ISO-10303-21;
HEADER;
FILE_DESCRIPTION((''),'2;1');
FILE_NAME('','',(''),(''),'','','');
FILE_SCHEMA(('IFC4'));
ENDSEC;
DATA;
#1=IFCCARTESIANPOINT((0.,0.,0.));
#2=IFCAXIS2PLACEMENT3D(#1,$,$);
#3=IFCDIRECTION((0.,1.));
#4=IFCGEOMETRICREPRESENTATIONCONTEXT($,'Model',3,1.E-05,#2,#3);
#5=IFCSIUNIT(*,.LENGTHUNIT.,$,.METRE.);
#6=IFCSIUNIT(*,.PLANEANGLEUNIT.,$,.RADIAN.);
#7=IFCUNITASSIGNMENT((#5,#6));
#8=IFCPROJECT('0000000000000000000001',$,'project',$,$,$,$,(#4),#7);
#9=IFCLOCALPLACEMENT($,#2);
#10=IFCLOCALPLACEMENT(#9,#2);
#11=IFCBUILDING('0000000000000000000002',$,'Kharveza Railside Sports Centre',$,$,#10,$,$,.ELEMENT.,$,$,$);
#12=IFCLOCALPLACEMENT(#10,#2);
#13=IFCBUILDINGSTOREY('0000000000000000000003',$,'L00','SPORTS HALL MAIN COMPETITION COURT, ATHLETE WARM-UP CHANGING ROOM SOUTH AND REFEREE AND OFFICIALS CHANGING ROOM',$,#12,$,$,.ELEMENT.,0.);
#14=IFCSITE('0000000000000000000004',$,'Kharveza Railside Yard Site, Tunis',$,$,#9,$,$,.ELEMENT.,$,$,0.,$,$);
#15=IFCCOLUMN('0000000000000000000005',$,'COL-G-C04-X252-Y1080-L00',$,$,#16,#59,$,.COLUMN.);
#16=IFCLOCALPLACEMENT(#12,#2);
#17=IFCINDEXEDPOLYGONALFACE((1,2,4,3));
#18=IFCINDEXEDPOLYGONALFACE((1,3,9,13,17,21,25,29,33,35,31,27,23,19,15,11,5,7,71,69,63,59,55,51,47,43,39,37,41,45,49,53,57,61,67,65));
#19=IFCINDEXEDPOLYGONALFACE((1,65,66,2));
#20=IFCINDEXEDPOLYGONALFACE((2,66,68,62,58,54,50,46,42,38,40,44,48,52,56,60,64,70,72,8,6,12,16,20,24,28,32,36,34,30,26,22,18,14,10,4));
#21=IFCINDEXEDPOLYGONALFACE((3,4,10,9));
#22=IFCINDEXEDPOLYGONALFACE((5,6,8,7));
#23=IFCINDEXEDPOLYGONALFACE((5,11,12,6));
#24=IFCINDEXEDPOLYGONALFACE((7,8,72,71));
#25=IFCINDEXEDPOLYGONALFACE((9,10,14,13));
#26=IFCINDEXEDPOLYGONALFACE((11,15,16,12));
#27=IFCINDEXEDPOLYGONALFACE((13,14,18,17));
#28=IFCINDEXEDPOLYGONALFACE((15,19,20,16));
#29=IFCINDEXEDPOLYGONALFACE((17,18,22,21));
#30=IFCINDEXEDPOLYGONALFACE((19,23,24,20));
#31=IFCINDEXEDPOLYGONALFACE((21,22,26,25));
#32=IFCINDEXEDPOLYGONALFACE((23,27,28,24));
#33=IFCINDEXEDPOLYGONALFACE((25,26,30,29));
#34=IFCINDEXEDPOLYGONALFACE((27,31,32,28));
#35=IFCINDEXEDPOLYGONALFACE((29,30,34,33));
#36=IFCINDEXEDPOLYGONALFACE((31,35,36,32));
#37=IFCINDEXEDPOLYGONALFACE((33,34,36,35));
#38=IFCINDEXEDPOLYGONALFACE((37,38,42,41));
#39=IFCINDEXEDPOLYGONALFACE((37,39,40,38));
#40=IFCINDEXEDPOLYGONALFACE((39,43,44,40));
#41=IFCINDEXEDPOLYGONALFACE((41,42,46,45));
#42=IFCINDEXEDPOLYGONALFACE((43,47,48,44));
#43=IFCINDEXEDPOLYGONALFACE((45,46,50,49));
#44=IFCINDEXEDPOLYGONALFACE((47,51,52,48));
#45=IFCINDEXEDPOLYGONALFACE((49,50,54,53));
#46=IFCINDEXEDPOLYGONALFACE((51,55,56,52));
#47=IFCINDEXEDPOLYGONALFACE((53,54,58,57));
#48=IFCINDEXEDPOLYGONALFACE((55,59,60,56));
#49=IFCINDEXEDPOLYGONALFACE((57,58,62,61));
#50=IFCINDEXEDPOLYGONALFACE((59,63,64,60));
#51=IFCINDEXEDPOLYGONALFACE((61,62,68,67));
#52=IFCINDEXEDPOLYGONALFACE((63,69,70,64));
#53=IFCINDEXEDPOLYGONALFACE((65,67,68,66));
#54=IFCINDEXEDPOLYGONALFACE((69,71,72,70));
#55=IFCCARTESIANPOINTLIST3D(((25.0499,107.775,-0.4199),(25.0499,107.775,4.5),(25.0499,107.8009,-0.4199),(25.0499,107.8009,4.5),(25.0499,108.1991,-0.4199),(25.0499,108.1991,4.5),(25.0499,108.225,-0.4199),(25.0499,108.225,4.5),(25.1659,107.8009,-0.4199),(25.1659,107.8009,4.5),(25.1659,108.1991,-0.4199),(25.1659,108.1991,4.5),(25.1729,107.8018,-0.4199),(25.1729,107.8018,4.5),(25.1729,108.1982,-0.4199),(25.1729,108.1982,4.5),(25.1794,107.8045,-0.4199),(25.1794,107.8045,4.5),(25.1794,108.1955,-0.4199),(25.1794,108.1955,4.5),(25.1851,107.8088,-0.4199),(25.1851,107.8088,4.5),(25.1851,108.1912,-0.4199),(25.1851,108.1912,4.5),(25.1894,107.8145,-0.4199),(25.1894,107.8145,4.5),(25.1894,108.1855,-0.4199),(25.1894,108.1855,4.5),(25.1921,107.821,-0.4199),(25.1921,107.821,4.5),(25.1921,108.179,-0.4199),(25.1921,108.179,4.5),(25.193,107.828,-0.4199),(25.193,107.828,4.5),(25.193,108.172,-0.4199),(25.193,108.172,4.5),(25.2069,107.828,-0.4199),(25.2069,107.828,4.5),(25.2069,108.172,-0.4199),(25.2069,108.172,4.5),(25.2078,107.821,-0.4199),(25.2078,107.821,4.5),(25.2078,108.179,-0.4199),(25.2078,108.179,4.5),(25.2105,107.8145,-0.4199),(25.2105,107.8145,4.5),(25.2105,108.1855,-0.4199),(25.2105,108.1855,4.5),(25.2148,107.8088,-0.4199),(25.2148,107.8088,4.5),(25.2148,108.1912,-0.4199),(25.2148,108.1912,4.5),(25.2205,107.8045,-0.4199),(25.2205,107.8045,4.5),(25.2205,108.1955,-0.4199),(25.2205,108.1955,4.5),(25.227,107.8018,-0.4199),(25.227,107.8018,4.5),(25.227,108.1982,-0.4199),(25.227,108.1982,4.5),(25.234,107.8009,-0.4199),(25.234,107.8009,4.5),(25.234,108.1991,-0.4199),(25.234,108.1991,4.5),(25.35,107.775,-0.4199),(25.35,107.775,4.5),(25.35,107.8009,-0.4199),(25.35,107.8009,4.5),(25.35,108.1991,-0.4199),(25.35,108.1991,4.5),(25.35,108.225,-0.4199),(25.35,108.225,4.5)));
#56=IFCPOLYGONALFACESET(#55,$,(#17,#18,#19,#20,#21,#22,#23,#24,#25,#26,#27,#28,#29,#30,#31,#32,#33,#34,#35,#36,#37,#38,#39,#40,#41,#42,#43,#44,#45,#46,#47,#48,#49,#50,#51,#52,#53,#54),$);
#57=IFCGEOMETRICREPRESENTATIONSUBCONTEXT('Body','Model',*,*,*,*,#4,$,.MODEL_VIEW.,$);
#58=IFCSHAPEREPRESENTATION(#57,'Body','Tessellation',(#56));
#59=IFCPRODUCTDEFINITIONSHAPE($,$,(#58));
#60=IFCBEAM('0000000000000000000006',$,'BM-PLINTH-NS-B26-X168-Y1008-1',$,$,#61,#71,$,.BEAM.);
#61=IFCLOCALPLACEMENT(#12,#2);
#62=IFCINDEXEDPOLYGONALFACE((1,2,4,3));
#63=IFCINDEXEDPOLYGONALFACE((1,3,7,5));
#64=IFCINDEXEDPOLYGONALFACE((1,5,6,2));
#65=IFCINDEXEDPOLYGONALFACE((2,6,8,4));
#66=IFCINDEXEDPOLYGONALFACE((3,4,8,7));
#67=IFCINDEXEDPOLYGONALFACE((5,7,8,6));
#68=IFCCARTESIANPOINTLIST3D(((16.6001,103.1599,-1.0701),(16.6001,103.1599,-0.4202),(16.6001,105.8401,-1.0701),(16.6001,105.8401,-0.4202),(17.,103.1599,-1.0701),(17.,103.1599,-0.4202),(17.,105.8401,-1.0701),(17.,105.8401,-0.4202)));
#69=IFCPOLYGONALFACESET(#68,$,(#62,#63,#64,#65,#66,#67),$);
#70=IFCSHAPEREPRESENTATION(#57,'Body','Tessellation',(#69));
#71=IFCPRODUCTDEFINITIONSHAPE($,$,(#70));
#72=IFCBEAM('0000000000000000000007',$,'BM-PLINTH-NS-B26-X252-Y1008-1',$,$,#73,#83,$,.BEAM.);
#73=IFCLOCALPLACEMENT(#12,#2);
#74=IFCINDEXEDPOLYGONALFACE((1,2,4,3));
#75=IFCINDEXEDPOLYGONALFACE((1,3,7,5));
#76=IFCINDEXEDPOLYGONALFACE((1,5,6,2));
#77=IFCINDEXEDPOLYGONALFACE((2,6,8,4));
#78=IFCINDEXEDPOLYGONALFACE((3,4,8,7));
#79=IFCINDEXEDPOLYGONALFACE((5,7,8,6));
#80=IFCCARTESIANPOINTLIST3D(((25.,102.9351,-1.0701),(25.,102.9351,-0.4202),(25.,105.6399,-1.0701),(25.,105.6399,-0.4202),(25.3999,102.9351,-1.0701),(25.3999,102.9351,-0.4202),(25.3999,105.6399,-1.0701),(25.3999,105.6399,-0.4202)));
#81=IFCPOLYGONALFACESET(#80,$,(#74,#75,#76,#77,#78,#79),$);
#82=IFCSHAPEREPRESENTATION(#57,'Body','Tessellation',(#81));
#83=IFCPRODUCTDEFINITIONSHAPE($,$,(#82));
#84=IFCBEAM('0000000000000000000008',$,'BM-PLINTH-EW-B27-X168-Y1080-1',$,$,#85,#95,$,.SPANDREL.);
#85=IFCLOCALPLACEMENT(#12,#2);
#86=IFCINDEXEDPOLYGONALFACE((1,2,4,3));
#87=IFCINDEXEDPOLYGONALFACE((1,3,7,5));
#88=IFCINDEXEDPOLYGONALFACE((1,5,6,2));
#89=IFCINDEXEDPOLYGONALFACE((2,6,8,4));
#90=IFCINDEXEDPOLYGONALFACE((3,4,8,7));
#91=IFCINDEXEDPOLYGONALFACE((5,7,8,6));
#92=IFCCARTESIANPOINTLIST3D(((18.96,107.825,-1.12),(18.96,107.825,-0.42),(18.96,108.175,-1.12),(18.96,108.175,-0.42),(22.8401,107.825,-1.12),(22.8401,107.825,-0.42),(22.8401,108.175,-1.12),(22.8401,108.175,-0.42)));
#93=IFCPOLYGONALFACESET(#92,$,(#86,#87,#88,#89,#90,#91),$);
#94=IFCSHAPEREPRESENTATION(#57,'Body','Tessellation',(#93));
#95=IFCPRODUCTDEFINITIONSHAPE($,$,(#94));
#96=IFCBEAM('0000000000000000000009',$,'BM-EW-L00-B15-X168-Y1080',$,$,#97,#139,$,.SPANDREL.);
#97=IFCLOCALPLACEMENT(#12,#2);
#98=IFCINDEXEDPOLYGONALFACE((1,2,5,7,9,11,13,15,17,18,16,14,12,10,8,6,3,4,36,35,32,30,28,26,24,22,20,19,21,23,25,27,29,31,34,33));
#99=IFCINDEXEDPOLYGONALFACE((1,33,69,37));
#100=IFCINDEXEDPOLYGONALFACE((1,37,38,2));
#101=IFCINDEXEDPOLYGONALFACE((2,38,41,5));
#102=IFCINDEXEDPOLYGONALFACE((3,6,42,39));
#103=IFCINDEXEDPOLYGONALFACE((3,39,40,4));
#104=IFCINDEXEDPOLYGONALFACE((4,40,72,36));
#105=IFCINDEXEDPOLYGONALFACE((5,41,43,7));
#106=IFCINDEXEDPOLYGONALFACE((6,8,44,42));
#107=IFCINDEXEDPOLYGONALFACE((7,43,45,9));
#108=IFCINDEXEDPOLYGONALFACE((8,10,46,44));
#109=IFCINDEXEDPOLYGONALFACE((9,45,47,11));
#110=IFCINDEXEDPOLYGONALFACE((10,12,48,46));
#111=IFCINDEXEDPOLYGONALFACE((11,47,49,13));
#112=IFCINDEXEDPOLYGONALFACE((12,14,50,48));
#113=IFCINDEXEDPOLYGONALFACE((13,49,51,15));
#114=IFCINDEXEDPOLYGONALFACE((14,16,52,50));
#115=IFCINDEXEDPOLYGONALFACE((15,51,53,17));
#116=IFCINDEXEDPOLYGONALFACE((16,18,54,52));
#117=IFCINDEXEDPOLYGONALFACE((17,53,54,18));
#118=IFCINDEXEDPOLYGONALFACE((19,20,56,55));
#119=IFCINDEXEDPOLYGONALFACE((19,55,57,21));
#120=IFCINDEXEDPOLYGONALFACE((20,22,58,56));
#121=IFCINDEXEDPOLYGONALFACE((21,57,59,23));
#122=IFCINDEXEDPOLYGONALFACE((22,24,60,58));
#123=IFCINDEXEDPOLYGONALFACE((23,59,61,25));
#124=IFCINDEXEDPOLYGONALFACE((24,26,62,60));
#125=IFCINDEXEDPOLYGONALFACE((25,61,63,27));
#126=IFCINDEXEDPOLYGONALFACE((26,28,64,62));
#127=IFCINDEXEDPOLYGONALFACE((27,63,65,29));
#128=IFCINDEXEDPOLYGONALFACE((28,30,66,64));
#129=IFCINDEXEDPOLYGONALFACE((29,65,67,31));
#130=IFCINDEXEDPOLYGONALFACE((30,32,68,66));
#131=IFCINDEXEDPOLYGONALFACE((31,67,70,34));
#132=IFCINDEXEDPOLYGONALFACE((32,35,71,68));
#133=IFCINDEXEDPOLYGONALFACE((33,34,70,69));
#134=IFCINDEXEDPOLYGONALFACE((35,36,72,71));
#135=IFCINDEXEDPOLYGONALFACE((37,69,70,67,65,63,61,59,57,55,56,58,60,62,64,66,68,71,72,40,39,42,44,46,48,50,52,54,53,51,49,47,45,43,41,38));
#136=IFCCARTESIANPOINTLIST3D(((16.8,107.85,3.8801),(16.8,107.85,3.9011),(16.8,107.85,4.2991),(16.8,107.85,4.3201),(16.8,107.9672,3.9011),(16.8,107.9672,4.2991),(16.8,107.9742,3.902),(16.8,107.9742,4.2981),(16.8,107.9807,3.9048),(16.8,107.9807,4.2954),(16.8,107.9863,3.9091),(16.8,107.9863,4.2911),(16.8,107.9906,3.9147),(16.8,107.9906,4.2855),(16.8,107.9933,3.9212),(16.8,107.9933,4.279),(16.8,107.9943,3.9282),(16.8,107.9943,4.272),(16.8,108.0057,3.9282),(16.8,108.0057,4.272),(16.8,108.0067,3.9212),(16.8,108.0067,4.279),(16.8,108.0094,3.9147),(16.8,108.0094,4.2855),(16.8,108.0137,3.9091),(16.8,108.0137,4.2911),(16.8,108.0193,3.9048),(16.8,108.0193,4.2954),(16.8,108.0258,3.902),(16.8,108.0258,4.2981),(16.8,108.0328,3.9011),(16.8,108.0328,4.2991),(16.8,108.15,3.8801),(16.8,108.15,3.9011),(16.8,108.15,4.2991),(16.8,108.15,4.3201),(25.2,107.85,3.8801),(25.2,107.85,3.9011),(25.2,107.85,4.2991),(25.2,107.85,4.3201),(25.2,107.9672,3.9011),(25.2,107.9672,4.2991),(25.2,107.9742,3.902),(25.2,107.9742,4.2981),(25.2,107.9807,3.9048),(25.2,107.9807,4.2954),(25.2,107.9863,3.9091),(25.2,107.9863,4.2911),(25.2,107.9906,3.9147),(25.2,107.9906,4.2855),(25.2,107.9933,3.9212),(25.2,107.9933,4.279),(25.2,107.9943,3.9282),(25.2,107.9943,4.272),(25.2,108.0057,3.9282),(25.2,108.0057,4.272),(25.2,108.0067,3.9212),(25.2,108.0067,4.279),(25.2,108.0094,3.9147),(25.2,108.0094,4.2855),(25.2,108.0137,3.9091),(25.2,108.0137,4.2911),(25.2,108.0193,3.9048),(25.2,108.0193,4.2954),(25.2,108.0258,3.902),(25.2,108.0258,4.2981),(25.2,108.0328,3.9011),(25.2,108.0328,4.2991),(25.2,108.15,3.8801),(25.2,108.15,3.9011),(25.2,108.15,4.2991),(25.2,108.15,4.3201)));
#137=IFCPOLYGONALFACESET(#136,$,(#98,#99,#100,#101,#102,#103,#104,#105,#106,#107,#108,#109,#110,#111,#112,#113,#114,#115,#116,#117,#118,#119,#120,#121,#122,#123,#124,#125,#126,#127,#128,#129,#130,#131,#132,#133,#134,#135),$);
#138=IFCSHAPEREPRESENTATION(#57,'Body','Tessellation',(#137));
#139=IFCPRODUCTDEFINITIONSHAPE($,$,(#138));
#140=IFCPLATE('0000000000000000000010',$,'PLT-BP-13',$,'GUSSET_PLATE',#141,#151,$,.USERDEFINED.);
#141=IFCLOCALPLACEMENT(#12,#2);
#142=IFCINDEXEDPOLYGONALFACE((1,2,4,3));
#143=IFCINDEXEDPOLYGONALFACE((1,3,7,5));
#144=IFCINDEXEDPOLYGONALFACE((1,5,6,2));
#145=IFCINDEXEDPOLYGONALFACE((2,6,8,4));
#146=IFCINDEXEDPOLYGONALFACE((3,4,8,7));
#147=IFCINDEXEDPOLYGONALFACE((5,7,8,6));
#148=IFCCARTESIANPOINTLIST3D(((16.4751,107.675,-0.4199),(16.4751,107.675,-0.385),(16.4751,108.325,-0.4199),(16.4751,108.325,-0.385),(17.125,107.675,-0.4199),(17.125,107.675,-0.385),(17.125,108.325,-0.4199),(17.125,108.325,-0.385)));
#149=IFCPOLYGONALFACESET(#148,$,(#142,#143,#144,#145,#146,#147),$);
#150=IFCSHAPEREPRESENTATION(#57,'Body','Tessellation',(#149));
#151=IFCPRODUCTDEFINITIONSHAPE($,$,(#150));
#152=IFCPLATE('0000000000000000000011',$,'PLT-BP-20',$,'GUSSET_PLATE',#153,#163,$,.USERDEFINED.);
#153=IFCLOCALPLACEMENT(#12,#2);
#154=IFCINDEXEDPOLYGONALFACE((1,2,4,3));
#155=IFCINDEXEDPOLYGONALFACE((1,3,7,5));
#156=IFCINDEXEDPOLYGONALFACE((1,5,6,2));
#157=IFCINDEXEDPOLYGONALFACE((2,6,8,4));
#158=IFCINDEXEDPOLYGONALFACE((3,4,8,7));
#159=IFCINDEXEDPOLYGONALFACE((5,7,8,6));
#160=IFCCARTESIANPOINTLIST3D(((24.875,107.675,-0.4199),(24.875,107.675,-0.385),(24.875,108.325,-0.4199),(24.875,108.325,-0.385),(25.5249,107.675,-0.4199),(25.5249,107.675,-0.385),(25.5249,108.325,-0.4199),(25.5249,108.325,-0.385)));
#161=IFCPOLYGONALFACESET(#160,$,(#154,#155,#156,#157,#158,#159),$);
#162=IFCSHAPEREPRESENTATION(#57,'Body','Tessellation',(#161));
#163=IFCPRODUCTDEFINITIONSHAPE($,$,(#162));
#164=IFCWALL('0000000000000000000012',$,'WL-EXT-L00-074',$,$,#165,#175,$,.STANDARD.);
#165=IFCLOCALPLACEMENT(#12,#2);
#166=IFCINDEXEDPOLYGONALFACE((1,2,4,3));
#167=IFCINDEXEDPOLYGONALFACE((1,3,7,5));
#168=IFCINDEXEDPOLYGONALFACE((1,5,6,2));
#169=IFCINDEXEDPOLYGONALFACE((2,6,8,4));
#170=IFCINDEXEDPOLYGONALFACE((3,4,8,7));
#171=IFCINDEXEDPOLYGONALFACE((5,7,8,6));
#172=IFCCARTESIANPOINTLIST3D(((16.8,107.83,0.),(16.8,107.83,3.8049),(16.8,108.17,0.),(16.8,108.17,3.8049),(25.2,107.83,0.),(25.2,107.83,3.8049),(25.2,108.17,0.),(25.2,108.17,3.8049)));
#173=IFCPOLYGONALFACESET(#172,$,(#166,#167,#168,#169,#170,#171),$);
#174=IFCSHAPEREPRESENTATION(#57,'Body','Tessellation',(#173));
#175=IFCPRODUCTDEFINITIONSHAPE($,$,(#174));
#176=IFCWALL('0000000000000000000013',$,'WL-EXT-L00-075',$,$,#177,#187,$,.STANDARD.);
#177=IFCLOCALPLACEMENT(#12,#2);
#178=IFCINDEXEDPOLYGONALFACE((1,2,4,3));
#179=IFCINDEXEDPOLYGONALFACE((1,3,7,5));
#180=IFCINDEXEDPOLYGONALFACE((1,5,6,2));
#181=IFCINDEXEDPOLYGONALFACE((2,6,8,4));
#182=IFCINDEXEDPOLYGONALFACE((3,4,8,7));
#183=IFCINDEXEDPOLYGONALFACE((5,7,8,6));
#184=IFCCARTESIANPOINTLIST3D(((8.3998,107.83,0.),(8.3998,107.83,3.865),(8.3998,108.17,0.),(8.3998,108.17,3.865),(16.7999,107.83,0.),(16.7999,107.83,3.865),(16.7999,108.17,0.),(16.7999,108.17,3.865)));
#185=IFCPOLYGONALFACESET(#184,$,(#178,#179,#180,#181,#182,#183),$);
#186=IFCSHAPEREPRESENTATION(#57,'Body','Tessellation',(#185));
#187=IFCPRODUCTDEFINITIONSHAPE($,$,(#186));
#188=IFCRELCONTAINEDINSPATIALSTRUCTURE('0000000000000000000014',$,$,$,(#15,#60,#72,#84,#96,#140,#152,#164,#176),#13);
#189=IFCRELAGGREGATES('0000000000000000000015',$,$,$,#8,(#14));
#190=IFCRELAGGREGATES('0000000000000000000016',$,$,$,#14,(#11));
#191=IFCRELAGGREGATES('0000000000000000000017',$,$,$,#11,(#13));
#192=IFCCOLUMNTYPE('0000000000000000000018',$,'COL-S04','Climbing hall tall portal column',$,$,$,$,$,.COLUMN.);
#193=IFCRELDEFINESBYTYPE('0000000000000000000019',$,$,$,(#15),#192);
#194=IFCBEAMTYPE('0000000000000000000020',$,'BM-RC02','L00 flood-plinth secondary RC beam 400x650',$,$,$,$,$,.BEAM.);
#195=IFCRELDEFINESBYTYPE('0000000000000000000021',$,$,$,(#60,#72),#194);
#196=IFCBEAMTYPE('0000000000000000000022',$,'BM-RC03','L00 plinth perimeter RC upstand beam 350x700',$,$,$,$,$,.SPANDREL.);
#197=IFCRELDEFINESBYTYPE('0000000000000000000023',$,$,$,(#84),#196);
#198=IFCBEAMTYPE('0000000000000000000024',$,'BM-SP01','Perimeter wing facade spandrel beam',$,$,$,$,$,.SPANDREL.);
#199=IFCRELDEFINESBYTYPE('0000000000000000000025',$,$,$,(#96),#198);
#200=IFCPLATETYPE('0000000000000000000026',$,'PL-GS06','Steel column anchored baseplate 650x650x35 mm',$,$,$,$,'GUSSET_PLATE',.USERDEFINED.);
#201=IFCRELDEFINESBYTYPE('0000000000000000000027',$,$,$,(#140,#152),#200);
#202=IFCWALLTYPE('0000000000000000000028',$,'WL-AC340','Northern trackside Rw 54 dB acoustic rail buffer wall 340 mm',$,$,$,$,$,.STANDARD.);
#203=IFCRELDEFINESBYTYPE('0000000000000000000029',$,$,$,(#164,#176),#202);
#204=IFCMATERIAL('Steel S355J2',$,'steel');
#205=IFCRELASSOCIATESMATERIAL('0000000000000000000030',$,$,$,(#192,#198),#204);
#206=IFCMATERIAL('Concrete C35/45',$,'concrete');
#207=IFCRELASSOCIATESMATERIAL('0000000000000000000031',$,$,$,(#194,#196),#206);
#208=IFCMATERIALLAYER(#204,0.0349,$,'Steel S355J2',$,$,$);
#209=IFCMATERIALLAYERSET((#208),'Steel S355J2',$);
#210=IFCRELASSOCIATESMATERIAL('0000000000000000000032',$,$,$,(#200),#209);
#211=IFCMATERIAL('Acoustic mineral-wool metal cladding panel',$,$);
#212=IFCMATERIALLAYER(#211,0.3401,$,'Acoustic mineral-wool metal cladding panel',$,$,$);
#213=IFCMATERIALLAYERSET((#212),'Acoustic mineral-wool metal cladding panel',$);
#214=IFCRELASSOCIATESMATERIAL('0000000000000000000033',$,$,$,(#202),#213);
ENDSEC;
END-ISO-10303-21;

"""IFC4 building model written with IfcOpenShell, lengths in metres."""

from ifc_helpers import new_model, si_unit, direction, frame, frame_2d, origin, origin_2d, place, context, subcontext, project, spatial, rectangle, i_section, extrude, material, layer, layer_set, material_profile, profile_set, type_object, element, save


model = new_model("IFC4")

# Units and contexts
model_context = context("Model", 3, precision=1e-05, world=origin(), true_north=direction((0.0, 1.0)))
body_context = subcontext(model_context, "Body", "Model", "MODEL_VIEW")
ifc_project = project(units=[si_unit("LENGTHUNIT", "METRE"), si_unit("PLANEANGLEUNIT", "RADIAN")], contexts=[model_context])

# Site, building, storey
site_placement = place(None, origin())
site = spatial("IfcSite", under=ifc_project, at=site_placement, Name="Kharveza Railside Yard Site, Tunis", CompositionType="ELEMENT", RefElevation=0.0)
building_placement = place(site_placement, origin())
building = spatial("IfcBuilding", under=site, at=building_placement, Name="Kharveza Railside Sports Centre", CompositionType="ELEMENT")
storey_placement = place(building_placement, origin())
storey = spatial("IfcBuildingStorey", under=building, at=storey_placement, Name="L00", Description="SPORTS HALL MAIN COMPETITION COURT, ATHLETE WARM-UP CHANGING ROOM SOUTH AND REFEREE AND OFFICIALS CHANGING ROOM", CompositionType="ELEMENT", Elevation=0.0)

# Shared definitions
ifc_material_1 = material(Name="Concrete C35/45", Category="concrete")

# Column
ifc_material_2 = material(Name="Steel S355J2", Category="steel")
ifc_material_profile_1 = material_profile(ifc_material_2, i_section(OverallWidth=0.3, OverallDepth=0.45, WebThickness=0.0139, FlangeThickness=0.0259, FilletRadius=0.0271, at=origin_2d()), Name="HEB 450")
ifc_profile_set_1 = profile_set([ifc_material_profile_1], Name="Steel S355J2")
column_type = type_object("IfcColumnType", Name="COL-S04", Description="Climbing hall tall portal column", PredefinedType="COLUMN", material=ifc_profile_set_1)
for number, where, z_axis, x_axis, name in (
    (1, (25.2, 108.0, -0.4199), (0.0, 0.0, 1.0), (1.0, 0.0, 0.0), "COL-G-C04-X252-Y1080-L00"),
):
    element("IfcColumn", number, at=place(storey_placement, frame(where, z_axis=z_axis, x_axis=x_axis)), inside=storey, type_object=column_type, Name=name, PredefinedType="COLUMN", context=body_context, shape_type="SweptSolid", body=[
        extrude(i_section(OverallWidth=0.3, OverallDepth=0.45, WebThickness=0.0139, FlangeThickness=0.0259, FilletRadius=0.0271, at=origin_2d()), origin(), (0.0, 0.0, 1.0), 4.9199),
    ])

# Beams
ifc_material_profile_2 = material_profile(ifc_material_1, rectangle(XDim=0.3999, YDim=0.6499, at=origin_2d()), Name="RCB 400x650")
ifc_profile_set_2 = profile_set([ifc_material_profile_2], Name="Concrete C35/45")
beam_type_1 = type_object("IfcBeamType", Name="BM-RC02", Description="L00 flood-plinth secondary RC beam 400x650", PredefinedType="BEAM", material=ifc_profile_set_2)
beam_1_placement = place(storey_placement, frame((16.8, 103.1599, -0.7451), z_axis=(0.0, 1.0, 0.0), x_axis=(-1.0, 0.0, 0.0)))
element("IfcBeam", 2, at=beam_1_placement, inside=storey, type_object=beam_type_1, Name="BM-PLINTH-NS-B26-X168-Y1008-1", PredefinedType="BEAM", context=body_context, shape_type="SweptSolid", body=[
    extrude(rectangle(XDim=0.3999, YDim=0.6499, at=origin_2d()), origin(), (0.0, 0.0, 1.0), 2.6802),
])
beam_2_placement = place(storey_placement, frame((25.2, 102.9351, -0.7451), z_axis=(0.0, 1.0, 0.0), x_axis=(-1.0, 0.0, 0.0)))
element("IfcBeam", 3, at=beam_2_placement, inside=storey, type_object=beam_type_1, Name="BM-PLINTH-NS-B26-X252-Y1008-1", PredefinedType="BEAM", context=body_context, shape_type="SweptSolid", body=[
    extrude(rectangle(XDim=0.3999, YDim=0.6499, at=origin_2d()), origin(), (0.0, 0.0, 1.0), 2.7048),
])
ifc_material_profile_3 = material_profile(ifc_material_1, rectangle(XDim=0.3501, YDim=0.7, at=origin_2d()), Name="RCB 350x700")
ifc_profile_set_3 = profile_set([ifc_material_profile_3], Name="Concrete C35/45")
beam_type_2 = type_object("IfcBeamType", Name="BM-RC03", Description="L00 plinth perimeter RC upstand beam 350x700", PredefinedType="SPANDREL", material=ifc_profile_set_3)
beam_3_placement = place(storey_placement, frame((18.96, 108.0, -0.77), z_axis=(1.0, 0.0, 0.0), x_axis=(0.0, 1.0, 0.0)))
element("IfcBeam", 4, at=beam_3_placement, inside=storey, type_object=beam_type_2, Name="BM-PLINTH-EW-B27-X168-Y1080-1", PredefinedType="SPANDREL", context=body_context, shape_type="SweptSolid", body=[
    extrude(rectangle(XDim=0.3501, YDim=0.7, at=origin_2d()), origin(), (0.0, 0.0, 1.0), 3.8801),
])
ifc_material_profile_4 = material_profile(ifc_material_2, i_section(OverallWidth=0.3, OverallDepth=0.4399, WebThickness=0.0115, FlangeThickness=0.021, FilletRadius=0.0271, at=origin_2d()), Name="HEA 450")
ifc_profile_set_4 = profile_set([ifc_material_profile_4], Name="Steel S355J2")
beam_type_3 = type_object("IfcBeamType", Name="BM-SP01", Description="Perimeter wing facade spandrel beam", PredefinedType="SPANDREL", material=ifc_profile_set_4)
beam_4_placement = place(storey_placement, frame((16.8, 108.0, 4.1001), z_axis=(1.0, 0.0, 0.0), x_axis=(0.0, 1.0, 0.0)))
element("IfcBeam", 5, at=beam_4_placement, inside=storey, type_object=beam_type_3, Name="BM-EW-L00-B15-X168-Y1080", PredefinedType="SPANDREL", context=body_context, shape_type="SweptSolid", body=[
    extrude(i_section(OverallWidth=0.3, OverallDepth=0.4399, WebThickness=0.0115, FlangeThickness=0.021, FilletRadius=0.0271, at=origin_2d()), origin(), (0.0, 0.0, 1.0), 8.3999),
])

# Plates
ifc_layer_1 = layer(ifc_material_2, 0.0349, Name="Steel S355J2")
ifc_layer_set_1 = layer_set([ifc_layer_1], Name="Steel S355J2")
plate_type = type_object("IfcPlateType", Name="PL-GS06", Description="Steel column anchored baseplate 650x650x35 mm", ElementType="GUSSET_PLATE", PredefinedType="USERDEFINED", material=ifc_layer_set_1)
for number, where, z_axis, x_axis, name in (
    (6, (16.8, 108.0, -0.4199), (0.0, 0.0, 1.0), (1.0, 0.0, 0.0), "PLT-BP-13"),
    (7, (25.2, 108.0, -0.4199), (0.0, 0.0, 1.0), (1.0, 0.0, 0.0), "PLT-BP-20"),
):
    element("IfcPlate", number, at=place(storey_placement, frame(where, z_axis=z_axis, x_axis=x_axis)), inside=storey, type_object=plate_type, Name=name, ObjectType="GUSSET_PLATE", PredefinedType="USERDEFINED", context=body_context, shape_type="SweptSolid", body=[
        extrude(rectangle(XDim=0.6499, YDim=0.6499, at=origin_2d()), origin(), (0.0, 0.0, 1.0), 0.0349),
    ])

# Walls
ifc_material_3 = material(Name="Acoustic mineral-wool metal cladding panel")
ifc_layer_2 = layer(ifc_material_3, 0.3401, Name="Acoustic mineral-wool metal cladding panel")
ifc_layer_set_2 = layer_set([ifc_layer_2], Name="Acoustic mineral-wool metal cladding panel")
wall_type = type_object("IfcWallType", Name="WL-AC340", Description="Northern trackside Rw 54 dB acoustic rail buffer wall 340 mm", PredefinedType="STANDARD", material=ifc_layer_set_2)
wall_1_placement = place(storey_placement, frame((25.2, 108.0, 0.0), z_axis=(0.0, 0.0, 1.0), x_axis=(-1.0, 0.0, 0.0)))
element("IfcWall", 8, at=wall_1_placement, inside=storey, type_object=wall_type, Name="WL-EXT-L00-074", PredefinedType="STANDARD", context=body_context, shape_type="SweptSolid", body=[
    extrude(rectangle(XDim=8.3999, YDim=0.3401, at=frame_2d((4.2, 0.0))), origin(), (0.0, 0.0, 1.0), 3.8049),
])
wall_2_placement = place(storey_placement, frame((16.8, 108.0, 0.0), z_axis=(0.0, 0.0, 1.0), x_axis=(-1.0, 0.0, 0.0)))
element("IfcWall", 9, at=wall_2_placement, inside=storey, type_object=wall_type, Name="WL-EXT-L00-075", PredefinedType="STANDARD", context=body_context, shape_type="SweptSolid", body=[
    extrude(rectangle(XDim=8.4001, YDim=0.3401, at=frame_2d((4.2002, 0.0))), origin(), (0.0, 0.0, 1.0), 3.865),
])

save(model, "model.ifc")
